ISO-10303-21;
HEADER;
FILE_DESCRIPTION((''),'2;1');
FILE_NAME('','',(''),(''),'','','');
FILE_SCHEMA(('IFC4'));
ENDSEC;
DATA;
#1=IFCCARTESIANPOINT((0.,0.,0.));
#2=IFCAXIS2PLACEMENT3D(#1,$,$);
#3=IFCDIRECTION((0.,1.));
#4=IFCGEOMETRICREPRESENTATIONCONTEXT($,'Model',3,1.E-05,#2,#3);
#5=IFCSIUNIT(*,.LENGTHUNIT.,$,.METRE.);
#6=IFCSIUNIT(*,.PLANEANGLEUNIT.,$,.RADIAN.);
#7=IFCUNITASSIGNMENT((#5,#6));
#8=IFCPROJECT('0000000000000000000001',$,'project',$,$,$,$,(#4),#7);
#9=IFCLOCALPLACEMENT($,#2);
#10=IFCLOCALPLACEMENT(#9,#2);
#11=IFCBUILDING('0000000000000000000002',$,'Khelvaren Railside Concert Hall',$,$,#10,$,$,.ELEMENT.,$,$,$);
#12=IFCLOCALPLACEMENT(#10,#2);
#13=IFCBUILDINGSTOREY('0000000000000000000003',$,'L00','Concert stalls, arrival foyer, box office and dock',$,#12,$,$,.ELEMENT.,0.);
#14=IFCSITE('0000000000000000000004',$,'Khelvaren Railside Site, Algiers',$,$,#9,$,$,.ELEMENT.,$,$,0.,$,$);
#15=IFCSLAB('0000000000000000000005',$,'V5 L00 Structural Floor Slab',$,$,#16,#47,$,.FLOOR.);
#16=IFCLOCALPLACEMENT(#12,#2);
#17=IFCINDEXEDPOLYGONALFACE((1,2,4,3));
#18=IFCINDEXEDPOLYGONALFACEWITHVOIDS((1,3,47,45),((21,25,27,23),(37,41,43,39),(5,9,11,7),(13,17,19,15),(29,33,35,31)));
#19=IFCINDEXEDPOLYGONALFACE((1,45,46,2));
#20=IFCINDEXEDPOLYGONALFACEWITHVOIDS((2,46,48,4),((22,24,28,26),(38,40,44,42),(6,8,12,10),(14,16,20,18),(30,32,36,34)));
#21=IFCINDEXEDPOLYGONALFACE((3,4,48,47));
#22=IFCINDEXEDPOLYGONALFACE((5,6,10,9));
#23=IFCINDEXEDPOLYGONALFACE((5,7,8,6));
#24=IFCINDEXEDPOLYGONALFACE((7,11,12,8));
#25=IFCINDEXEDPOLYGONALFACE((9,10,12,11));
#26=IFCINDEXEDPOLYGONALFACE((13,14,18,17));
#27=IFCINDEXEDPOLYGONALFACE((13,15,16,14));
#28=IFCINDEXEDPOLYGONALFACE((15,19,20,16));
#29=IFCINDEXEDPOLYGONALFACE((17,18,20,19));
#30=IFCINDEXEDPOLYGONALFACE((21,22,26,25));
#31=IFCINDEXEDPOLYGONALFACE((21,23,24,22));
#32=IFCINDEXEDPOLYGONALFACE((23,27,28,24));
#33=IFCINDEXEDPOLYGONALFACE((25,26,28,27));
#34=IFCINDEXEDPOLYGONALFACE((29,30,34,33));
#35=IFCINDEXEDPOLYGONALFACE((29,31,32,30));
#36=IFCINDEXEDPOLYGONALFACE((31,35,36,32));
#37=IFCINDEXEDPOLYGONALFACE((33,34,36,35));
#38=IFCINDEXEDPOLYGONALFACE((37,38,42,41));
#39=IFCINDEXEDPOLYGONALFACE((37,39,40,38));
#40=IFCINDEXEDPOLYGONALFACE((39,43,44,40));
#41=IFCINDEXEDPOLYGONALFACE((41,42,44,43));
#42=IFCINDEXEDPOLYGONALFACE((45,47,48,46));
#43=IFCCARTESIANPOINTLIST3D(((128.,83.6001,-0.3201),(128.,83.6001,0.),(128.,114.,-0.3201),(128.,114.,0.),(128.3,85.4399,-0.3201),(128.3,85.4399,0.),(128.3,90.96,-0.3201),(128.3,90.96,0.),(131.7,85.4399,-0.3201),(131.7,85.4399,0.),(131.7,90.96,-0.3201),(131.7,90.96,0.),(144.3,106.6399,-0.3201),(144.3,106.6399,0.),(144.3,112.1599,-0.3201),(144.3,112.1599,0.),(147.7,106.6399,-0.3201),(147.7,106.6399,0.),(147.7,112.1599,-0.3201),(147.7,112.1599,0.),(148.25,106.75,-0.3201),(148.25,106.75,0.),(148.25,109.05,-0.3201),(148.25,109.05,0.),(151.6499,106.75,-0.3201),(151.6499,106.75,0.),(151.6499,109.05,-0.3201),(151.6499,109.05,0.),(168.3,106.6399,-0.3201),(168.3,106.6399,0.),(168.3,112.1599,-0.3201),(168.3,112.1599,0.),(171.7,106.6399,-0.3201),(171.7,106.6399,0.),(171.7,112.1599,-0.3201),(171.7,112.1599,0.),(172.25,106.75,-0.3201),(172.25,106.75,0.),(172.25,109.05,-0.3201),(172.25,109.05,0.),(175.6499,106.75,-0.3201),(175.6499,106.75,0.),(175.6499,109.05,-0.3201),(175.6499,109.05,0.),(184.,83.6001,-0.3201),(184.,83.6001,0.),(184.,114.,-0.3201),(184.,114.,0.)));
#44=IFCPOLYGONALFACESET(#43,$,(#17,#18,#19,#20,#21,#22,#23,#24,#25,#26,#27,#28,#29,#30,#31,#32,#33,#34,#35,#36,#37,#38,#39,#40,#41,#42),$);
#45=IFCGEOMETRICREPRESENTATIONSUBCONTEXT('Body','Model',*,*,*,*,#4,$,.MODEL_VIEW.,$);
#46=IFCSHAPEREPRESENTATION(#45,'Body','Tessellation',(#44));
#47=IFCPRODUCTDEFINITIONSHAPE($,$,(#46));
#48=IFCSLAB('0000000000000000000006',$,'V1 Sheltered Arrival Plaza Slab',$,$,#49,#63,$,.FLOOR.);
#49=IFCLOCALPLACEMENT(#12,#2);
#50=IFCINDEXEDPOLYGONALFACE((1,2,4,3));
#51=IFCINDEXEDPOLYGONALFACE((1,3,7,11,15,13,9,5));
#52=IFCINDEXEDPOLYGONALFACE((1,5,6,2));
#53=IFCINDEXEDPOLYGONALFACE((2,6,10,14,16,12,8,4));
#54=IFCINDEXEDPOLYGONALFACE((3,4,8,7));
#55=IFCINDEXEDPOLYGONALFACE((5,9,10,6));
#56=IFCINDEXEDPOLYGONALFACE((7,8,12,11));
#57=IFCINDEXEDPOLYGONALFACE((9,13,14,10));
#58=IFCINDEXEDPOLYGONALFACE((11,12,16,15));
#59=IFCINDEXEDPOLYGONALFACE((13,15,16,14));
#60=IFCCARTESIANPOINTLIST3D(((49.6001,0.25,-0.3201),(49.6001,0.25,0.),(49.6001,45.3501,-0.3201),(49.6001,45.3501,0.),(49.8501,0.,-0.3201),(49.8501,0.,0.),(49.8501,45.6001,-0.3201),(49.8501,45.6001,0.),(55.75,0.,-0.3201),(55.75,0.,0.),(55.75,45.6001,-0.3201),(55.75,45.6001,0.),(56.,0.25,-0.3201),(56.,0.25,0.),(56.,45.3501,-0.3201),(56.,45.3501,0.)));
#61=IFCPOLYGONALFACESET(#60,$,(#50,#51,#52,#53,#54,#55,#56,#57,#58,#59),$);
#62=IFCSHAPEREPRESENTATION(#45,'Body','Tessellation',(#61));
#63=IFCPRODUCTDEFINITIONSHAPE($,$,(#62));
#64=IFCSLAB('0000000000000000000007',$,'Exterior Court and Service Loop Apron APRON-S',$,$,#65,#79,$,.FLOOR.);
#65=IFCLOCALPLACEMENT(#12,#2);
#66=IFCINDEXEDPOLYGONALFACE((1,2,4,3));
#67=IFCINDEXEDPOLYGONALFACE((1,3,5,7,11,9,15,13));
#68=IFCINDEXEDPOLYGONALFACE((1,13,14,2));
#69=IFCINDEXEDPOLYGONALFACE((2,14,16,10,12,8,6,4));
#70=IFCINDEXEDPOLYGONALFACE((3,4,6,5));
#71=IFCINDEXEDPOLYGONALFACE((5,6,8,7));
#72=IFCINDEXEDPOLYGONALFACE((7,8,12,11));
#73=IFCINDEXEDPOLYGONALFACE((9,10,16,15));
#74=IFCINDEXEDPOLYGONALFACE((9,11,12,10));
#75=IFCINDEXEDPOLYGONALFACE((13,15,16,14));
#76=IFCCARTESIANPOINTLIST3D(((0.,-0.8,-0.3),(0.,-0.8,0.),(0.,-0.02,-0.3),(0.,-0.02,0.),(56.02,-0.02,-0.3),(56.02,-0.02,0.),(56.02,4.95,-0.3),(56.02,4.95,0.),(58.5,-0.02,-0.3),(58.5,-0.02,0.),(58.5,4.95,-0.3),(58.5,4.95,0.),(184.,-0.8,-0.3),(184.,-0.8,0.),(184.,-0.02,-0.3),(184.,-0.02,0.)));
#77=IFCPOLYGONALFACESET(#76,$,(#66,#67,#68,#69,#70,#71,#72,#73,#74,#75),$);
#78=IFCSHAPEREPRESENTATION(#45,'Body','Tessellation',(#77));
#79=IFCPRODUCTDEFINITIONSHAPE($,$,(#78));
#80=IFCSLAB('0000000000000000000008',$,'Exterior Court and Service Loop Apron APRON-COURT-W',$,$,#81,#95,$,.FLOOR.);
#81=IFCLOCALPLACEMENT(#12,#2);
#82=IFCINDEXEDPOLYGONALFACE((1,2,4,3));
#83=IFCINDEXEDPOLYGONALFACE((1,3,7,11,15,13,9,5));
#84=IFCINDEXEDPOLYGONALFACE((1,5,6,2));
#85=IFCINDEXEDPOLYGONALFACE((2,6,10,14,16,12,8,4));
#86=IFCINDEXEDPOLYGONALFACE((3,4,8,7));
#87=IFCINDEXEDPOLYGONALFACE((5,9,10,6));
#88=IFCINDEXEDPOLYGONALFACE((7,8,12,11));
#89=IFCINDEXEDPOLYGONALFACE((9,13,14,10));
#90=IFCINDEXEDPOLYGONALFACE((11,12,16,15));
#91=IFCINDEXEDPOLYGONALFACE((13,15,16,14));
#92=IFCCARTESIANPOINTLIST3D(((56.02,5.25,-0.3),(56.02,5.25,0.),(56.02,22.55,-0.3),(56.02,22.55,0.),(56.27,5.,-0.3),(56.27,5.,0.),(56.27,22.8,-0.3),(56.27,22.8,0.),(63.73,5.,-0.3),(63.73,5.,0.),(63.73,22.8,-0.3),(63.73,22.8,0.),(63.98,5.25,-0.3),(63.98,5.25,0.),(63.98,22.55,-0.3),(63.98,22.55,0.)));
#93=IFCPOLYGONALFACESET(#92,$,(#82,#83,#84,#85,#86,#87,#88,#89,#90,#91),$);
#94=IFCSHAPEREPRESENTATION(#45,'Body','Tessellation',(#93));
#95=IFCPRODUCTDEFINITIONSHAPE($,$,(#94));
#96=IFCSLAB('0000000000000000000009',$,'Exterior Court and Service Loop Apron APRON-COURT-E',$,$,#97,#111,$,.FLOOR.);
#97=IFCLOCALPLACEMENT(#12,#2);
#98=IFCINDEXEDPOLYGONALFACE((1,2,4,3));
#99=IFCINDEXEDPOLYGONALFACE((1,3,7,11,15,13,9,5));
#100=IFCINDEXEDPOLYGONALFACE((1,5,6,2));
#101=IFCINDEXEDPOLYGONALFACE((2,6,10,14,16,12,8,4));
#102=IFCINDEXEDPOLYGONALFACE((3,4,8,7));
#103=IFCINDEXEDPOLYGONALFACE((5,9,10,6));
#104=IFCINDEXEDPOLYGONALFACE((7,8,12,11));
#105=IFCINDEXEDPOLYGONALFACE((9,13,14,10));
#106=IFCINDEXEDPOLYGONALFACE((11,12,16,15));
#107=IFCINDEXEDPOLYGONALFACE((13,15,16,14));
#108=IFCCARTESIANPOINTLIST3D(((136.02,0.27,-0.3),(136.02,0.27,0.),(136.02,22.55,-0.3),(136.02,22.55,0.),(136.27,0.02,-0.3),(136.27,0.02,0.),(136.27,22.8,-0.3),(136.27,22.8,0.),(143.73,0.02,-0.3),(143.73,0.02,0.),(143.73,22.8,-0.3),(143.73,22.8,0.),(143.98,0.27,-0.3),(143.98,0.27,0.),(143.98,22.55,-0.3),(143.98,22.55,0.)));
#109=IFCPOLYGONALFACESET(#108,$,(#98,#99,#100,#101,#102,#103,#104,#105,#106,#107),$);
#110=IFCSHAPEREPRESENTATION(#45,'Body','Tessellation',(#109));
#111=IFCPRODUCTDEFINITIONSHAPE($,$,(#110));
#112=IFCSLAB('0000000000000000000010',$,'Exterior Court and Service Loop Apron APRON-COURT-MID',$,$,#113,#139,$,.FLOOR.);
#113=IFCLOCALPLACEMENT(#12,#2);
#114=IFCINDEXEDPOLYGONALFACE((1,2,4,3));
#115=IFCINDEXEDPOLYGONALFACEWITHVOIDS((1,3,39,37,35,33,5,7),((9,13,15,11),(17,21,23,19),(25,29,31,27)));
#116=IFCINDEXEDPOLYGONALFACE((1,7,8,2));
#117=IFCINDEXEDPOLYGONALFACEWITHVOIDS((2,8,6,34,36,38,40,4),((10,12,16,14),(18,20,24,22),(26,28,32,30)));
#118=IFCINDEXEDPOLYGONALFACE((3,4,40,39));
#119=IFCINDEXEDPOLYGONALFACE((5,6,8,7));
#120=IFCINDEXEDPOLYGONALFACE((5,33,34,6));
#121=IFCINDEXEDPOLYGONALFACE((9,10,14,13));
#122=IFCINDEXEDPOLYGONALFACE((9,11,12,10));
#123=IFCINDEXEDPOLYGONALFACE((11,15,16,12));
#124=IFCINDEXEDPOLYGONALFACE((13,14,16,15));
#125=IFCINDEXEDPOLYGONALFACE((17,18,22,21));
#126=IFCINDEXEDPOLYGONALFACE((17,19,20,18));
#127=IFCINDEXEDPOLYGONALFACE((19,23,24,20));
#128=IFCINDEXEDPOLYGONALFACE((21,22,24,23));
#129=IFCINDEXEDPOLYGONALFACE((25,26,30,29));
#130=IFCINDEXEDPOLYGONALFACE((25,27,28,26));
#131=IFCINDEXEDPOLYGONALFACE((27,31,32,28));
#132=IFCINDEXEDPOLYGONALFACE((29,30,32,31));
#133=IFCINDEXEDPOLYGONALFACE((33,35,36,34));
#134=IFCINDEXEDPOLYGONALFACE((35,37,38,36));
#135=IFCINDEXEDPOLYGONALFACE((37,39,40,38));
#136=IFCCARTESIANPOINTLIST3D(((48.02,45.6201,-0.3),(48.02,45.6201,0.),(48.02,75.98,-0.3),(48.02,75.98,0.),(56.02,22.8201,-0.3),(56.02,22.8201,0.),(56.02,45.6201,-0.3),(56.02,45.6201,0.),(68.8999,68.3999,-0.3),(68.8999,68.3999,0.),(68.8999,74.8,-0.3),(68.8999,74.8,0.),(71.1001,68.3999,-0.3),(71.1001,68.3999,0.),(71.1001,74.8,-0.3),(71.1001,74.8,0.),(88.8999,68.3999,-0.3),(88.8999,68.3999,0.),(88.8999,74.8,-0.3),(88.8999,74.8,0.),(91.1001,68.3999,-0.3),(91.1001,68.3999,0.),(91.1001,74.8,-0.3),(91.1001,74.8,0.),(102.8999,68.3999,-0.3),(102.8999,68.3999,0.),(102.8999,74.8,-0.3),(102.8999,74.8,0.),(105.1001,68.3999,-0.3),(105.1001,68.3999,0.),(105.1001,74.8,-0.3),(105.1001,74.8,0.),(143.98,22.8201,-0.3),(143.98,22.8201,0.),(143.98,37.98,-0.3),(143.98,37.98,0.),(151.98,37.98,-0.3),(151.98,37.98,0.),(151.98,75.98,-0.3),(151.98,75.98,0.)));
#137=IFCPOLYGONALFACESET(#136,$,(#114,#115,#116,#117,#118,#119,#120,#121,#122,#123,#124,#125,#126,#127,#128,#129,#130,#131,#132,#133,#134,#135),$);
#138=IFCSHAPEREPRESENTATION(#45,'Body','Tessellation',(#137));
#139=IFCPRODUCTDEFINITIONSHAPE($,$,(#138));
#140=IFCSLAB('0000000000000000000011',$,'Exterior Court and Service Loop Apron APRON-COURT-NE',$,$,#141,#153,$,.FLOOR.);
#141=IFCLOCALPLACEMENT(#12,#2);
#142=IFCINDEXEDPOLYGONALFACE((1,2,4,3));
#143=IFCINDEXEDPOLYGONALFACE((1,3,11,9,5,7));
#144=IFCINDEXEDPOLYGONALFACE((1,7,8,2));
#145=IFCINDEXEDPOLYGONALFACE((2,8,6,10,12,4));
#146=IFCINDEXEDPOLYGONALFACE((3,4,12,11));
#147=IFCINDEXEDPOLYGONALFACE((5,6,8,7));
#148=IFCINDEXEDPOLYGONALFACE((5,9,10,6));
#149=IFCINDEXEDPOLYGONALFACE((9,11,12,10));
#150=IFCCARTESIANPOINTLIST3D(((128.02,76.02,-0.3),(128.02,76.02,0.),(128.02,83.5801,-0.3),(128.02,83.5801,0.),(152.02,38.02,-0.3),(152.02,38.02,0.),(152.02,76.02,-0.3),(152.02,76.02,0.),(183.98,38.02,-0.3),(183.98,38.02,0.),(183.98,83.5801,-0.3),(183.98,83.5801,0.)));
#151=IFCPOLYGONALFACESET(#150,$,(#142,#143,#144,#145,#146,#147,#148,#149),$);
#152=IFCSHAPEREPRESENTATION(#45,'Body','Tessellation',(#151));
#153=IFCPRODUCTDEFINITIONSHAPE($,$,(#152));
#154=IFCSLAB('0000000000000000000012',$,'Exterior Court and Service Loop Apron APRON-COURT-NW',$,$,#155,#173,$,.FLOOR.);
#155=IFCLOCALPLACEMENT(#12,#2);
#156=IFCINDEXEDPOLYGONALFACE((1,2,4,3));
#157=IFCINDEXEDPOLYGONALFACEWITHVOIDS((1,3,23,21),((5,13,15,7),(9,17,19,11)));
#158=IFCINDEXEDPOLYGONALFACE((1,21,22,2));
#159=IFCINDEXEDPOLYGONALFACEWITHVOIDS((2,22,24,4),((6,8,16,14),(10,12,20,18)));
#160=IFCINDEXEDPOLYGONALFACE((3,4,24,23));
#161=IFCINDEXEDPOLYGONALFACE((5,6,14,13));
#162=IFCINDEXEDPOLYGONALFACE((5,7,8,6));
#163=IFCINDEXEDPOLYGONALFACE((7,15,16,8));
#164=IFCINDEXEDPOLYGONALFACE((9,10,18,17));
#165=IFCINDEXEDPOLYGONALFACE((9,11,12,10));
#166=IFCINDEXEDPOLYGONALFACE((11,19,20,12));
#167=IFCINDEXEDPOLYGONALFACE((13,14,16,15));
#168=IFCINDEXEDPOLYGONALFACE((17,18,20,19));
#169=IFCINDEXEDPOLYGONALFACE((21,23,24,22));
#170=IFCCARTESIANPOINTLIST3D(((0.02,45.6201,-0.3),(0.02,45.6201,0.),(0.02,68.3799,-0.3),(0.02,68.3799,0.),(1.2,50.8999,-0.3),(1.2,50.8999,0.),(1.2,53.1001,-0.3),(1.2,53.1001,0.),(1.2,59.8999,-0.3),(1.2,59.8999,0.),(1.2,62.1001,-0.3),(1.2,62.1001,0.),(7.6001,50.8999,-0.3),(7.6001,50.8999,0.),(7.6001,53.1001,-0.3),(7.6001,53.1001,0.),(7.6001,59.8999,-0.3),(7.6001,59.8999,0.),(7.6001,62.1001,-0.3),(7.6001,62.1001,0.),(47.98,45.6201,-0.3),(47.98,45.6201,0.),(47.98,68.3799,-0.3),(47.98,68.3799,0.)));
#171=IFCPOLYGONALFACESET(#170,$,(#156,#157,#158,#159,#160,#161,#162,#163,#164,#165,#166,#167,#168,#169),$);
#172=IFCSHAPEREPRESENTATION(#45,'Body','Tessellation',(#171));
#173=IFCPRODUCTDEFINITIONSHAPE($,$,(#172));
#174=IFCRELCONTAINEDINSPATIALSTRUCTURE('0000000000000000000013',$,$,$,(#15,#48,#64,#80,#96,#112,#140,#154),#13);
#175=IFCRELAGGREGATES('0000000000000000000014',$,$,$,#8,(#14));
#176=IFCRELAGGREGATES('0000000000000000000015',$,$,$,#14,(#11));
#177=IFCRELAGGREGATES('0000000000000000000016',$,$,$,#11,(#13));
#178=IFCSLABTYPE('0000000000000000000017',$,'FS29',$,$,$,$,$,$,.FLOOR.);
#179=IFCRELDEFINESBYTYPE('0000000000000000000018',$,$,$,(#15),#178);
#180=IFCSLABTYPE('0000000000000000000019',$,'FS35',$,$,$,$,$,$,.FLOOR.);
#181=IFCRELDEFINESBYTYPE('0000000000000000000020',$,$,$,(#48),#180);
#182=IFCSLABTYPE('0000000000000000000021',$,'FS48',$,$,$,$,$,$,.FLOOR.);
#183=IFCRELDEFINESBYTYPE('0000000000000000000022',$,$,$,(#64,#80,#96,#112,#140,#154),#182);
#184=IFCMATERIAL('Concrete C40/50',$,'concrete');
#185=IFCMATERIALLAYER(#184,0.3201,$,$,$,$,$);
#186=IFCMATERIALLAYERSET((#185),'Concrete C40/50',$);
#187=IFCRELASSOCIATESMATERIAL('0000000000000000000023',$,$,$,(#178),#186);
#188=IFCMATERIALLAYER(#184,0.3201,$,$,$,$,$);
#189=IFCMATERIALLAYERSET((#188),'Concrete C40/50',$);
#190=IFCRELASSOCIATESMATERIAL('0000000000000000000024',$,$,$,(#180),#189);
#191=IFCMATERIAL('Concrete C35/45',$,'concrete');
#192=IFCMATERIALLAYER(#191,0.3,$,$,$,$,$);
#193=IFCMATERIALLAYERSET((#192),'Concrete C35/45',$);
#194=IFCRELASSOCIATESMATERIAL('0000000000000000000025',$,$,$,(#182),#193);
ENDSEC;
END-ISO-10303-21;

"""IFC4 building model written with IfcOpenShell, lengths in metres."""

from ifc_helpers import new_model, si_unit, direction, frame, origin, place, context, subcontext, project, spatial, polyline, outline, extrude, material, layer, layer_set, type_object, element, save


model = new_model("IFC4")

# Units and contexts
model_context = context("Model", 3, precision=1e-05, world=origin(), true_north=direction((0.0, 1.0)))
body_context = subcontext(model_context, "Body", "Model", "MODEL_VIEW")
ifc_project = project(units=[si_unit("LENGTHUNIT", "METRE"), si_unit("PLANEANGLEUNIT", "RADIAN")], contexts=[model_context])

# Site, building, storey
site_placement = place(None, origin())
site = spatial("IfcSite", under=ifc_project, at=site_placement, Name="Khelvaren Railside Site, Algiers", CompositionType="ELEMENT", RefElevation=0.0)
building_placement = place(site_placement, origin())
building = spatial("IfcBuilding", under=site, at=building_placement, Name="Khelvaren Railside Concert Hall", CompositionType="ELEMENT")
storey_placement = place(building_placement, origin())
storey = spatial("IfcBuildingStorey", under=building, at=storey_placement, Name="L00", Description="Concert stalls, arrival foyer, box office and dock", CompositionType="ELEMENT", Elevation=0.0)

# Shared definitions
ifc_material_1 = material(Name="Concrete C35/45", Category="concrete")

# Slabs
ifc_material_2 = material(Name="Concrete C40/50", Category="concrete")
ifc_layer_1 = layer(ifc_material_2, 0.3201)
ifc_layer_set_1 = layer_set([ifc_layer_1], Name="Concrete C40/50")
slab_type_1 = type_object("IfcSlabType", Name="FS29", PredefinedType="FLOOR", material=ifc_layer_set_1)
slab_1_placement = place(storey_placement, frame((0.0, 0.0, -0.3201)))
element("IfcSlab", 1, at=slab_1_placement, inside=storey, type_object=slab_type_1, Name="V5 L00 Structural Floor Slab", PredefinedType="FLOOR", context=body_context, shape_type="SweptSolid", body=[
    extrude(outline(polyline([(128.0, 83.6001), (184.0, 83.6001), (184.0, 114.0), (128.0, 114.0), (128.0, 83.6001)]), holes=[polyline([(144.3, 112.1599), (144.3, 106.6399), (147.7, 106.6399), (147.7, 112.1599), (144.3, 112.1599)]), polyline([(148.25, 106.75), (151.6499, 106.75), (151.6499, 109.05), (148.25, 109.05), (148.25, 106.75)]), polyline([(168.3, 112.1599), (168.3, 106.6399), (171.7, 106.6399), (171.7, 112.1599), (168.3, 112.1599)]), polyline([(172.25, 106.75), (175.6499, 106.75), (175.6499, 109.05), (172.25, 109.05), (172.25, 106.75)]), polyline([(131.7, 85.4399), (131.7, 90.96), (128.3, 90.96), (128.3, 85.4399), (131.7, 85.4399)])]), origin(), (0.0, 0.0, 1.0), 0.3201),
])
ifc_layer_2 = layer(ifc_material_2, 0.3201)
ifc_layer_set_2 = layer_set([ifc_layer_2], Name="Concrete C40/50")
slab_type_2 = type_object("IfcSlabType", Name="FS35", PredefinedType="FLOOR", material=ifc_layer_set_2)
slab_2_placement = place(storey_placement, frame((0.0, 0.0, -0.3201)))
element("IfcSlab", 2, at=slab_2_placement, inside=storey, type_object=slab_type_2, Name="V1 Sheltered Arrival Plaza Slab", PredefinedType="FLOOR", context=body_context, shape_type="SweptSolid", body=[
    extrude(outline(polyline([(49.8501, 0.0), (55.75, 0.0), (56.0, 0.25), (56.0, 45.3501), (55.75, 45.6001), (49.8501, 45.6001), (49.6001, 45.3501), (49.6001, 0.25), (49.8501, 0.0)])), origin(), (0.0, 0.0, 1.0), 0.3201),
])
ifc_layer_3 = layer(ifc_material_1, 0.3)
ifc_layer_set_3 = layer_set([ifc_layer_3], Name="Concrete C35/45")
slab_type_3 = type_object("IfcSlabType", Name="FS48", PredefinedType="FLOOR", material=ifc_layer_set_3)
slab_3_placement = place(storey_placement, frame((0.0, 0.0, -0.3)))
element("IfcSlab", 3, at=slab_3_placement, inside=storey, type_object=slab_type_3, Name="Exterior Court and Service Loop Apron APRON-S", PredefinedType="FLOOR", context=body_context, shape_type="SweptSolid", body=[
    extrude(outline(polyline([(0.0, -0.8), (184.0, -0.8), (184.0, -0.02), (58.5, -0.02), (58.5, 4.95), (56.02, 4.95), (56.02, -0.02), (0.0, -0.02), (0.0, -0.8)])), origin(), (0.0, 0.0, 1.0), 0.3),
])
slab_4_placement = place(storey_placement, frame((0.0, 0.0, -0.3)))
element("IfcSlab", 4, at=slab_4_placement, inside=storey, type_object=slab_type_3, Name="Exterior Court and Service Loop Apron APRON-COURT-W", PredefinedType="FLOOR", context=body_context, shape_type="SweptSolid", body=[
    extrude(outline(polyline([(56.27, 5.0), (63.73, 5.0), (63.98, 5.25), (63.98, 22.55), (63.73, 22.8), (56.27, 22.8), (56.02, 22.55), (56.02, 5.25), (56.27, 5.0)])), origin(), (0.0, 0.0, 1.0), 0.3),
])
slab_5_placement = place(storey_placement, frame((0.0, 0.0, -0.3)))
element("IfcSlab", 5, at=slab_5_placement, inside=storey, type_object=slab_type_3, Name="Exterior Court and Service Loop Apron APRON-COURT-E", PredefinedType="FLOOR", context=body_context, shape_type="SweptSolid", body=[
    extrude(outline(polyline([(136.27, 0.02), (143.73, 0.02), (143.98, 0.27), (143.98, 22.55), (143.73, 22.8), (136.27, 22.8), (136.02, 22.55), (136.02, 0.27), (136.27, 0.02)])), origin(), (0.0, 0.0, 1.0), 0.3),
])
slab_6_placement = place(storey_placement, frame((0.0, 0.0, -0.3)))
element("IfcSlab", 6, at=slab_6_placement, inside=storey, type_object=slab_type_3, Name="Exterior Court and Service Loop Apron APRON-COURT-MID", PredefinedType="FLOOR", context=body_context, shape_type="SweptSolid", body=[
    extrude(outline(polyline([(56.02, 22.8201), (143.98, 22.8201), (143.98, 37.98), (151.98, 37.98), (151.98, 75.98), (48.02, 75.98), (48.02, 45.6201), (56.02, 45.6201), (56.02, 22.8201)]), holes=[polyline([(68.8999, 68.3999), (71.1001, 68.3999), (71.1001, 74.8), (68.8999, 74.8), (68.8999, 68.3999)]), polyline([(88.8999, 68.3999), (91.1001, 68.3999), (91.1001, 74.8), (88.8999, 74.8), (88.8999, 68.3999)]), polyline([(102.8999, 68.3999), (105.1001, 68.3999), (105.1001, 74.8), (102.8999, 74.8), (102.8999, 68.3999)])]), origin(), (0.0, 0.0, 1.0), 0.3),
])
slab_7_placement = place(storey_placement, frame((0.0, 0.0, -0.3)))
element("IfcSlab", 7, at=slab_7_placement, inside=storey, type_object=slab_type_3, Name="Exterior Court and Service Loop Apron APRON-COURT-NE", PredefinedType="FLOOR", context=body_context, shape_type="SweptSolid", body=[
    extrude(outline(polyline([(152.02, 38.02), (183.98, 38.02), (183.98, 83.5801), (128.02, 83.5801), (128.02, 76.02), (152.02, 76.02), (152.02, 38.02)])), origin(), (0.0, 0.0, 1.0), 0.3),
])
slab_8_placement = place(storey_placement, frame((0.0, 0.0, -0.3)))
element("IfcSlab", 8, at=slab_8_placement, inside=storey, type_object=slab_type_3, Name="Exterior Court and Service Loop Apron APRON-COURT-NW", PredefinedType="FLOOR", context=body_context, shape_type="SweptSolid", body=[
    extrude(outline(polyline([(0.02, 45.6201), (47.98, 45.6201), (47.98, 68.3799), (0.02, 68.3799), (0.02, 45.6201)]), holes=[polyline([(1.2, 50.8999), (7.6001, 50.8999), (7.6001, 53.1001), (1.2, 53.1001), (1.2, 50.8999)]), polyline([(1.2, 59.8999), (7.6001, 59.8999), (7.6001, 62.1001), (1.2, 62.1001), (1.2, 59.8999)])]), origin(), (0.0, 0.0, 1.0), 0.3),
])

save(model, "model.ifc")
